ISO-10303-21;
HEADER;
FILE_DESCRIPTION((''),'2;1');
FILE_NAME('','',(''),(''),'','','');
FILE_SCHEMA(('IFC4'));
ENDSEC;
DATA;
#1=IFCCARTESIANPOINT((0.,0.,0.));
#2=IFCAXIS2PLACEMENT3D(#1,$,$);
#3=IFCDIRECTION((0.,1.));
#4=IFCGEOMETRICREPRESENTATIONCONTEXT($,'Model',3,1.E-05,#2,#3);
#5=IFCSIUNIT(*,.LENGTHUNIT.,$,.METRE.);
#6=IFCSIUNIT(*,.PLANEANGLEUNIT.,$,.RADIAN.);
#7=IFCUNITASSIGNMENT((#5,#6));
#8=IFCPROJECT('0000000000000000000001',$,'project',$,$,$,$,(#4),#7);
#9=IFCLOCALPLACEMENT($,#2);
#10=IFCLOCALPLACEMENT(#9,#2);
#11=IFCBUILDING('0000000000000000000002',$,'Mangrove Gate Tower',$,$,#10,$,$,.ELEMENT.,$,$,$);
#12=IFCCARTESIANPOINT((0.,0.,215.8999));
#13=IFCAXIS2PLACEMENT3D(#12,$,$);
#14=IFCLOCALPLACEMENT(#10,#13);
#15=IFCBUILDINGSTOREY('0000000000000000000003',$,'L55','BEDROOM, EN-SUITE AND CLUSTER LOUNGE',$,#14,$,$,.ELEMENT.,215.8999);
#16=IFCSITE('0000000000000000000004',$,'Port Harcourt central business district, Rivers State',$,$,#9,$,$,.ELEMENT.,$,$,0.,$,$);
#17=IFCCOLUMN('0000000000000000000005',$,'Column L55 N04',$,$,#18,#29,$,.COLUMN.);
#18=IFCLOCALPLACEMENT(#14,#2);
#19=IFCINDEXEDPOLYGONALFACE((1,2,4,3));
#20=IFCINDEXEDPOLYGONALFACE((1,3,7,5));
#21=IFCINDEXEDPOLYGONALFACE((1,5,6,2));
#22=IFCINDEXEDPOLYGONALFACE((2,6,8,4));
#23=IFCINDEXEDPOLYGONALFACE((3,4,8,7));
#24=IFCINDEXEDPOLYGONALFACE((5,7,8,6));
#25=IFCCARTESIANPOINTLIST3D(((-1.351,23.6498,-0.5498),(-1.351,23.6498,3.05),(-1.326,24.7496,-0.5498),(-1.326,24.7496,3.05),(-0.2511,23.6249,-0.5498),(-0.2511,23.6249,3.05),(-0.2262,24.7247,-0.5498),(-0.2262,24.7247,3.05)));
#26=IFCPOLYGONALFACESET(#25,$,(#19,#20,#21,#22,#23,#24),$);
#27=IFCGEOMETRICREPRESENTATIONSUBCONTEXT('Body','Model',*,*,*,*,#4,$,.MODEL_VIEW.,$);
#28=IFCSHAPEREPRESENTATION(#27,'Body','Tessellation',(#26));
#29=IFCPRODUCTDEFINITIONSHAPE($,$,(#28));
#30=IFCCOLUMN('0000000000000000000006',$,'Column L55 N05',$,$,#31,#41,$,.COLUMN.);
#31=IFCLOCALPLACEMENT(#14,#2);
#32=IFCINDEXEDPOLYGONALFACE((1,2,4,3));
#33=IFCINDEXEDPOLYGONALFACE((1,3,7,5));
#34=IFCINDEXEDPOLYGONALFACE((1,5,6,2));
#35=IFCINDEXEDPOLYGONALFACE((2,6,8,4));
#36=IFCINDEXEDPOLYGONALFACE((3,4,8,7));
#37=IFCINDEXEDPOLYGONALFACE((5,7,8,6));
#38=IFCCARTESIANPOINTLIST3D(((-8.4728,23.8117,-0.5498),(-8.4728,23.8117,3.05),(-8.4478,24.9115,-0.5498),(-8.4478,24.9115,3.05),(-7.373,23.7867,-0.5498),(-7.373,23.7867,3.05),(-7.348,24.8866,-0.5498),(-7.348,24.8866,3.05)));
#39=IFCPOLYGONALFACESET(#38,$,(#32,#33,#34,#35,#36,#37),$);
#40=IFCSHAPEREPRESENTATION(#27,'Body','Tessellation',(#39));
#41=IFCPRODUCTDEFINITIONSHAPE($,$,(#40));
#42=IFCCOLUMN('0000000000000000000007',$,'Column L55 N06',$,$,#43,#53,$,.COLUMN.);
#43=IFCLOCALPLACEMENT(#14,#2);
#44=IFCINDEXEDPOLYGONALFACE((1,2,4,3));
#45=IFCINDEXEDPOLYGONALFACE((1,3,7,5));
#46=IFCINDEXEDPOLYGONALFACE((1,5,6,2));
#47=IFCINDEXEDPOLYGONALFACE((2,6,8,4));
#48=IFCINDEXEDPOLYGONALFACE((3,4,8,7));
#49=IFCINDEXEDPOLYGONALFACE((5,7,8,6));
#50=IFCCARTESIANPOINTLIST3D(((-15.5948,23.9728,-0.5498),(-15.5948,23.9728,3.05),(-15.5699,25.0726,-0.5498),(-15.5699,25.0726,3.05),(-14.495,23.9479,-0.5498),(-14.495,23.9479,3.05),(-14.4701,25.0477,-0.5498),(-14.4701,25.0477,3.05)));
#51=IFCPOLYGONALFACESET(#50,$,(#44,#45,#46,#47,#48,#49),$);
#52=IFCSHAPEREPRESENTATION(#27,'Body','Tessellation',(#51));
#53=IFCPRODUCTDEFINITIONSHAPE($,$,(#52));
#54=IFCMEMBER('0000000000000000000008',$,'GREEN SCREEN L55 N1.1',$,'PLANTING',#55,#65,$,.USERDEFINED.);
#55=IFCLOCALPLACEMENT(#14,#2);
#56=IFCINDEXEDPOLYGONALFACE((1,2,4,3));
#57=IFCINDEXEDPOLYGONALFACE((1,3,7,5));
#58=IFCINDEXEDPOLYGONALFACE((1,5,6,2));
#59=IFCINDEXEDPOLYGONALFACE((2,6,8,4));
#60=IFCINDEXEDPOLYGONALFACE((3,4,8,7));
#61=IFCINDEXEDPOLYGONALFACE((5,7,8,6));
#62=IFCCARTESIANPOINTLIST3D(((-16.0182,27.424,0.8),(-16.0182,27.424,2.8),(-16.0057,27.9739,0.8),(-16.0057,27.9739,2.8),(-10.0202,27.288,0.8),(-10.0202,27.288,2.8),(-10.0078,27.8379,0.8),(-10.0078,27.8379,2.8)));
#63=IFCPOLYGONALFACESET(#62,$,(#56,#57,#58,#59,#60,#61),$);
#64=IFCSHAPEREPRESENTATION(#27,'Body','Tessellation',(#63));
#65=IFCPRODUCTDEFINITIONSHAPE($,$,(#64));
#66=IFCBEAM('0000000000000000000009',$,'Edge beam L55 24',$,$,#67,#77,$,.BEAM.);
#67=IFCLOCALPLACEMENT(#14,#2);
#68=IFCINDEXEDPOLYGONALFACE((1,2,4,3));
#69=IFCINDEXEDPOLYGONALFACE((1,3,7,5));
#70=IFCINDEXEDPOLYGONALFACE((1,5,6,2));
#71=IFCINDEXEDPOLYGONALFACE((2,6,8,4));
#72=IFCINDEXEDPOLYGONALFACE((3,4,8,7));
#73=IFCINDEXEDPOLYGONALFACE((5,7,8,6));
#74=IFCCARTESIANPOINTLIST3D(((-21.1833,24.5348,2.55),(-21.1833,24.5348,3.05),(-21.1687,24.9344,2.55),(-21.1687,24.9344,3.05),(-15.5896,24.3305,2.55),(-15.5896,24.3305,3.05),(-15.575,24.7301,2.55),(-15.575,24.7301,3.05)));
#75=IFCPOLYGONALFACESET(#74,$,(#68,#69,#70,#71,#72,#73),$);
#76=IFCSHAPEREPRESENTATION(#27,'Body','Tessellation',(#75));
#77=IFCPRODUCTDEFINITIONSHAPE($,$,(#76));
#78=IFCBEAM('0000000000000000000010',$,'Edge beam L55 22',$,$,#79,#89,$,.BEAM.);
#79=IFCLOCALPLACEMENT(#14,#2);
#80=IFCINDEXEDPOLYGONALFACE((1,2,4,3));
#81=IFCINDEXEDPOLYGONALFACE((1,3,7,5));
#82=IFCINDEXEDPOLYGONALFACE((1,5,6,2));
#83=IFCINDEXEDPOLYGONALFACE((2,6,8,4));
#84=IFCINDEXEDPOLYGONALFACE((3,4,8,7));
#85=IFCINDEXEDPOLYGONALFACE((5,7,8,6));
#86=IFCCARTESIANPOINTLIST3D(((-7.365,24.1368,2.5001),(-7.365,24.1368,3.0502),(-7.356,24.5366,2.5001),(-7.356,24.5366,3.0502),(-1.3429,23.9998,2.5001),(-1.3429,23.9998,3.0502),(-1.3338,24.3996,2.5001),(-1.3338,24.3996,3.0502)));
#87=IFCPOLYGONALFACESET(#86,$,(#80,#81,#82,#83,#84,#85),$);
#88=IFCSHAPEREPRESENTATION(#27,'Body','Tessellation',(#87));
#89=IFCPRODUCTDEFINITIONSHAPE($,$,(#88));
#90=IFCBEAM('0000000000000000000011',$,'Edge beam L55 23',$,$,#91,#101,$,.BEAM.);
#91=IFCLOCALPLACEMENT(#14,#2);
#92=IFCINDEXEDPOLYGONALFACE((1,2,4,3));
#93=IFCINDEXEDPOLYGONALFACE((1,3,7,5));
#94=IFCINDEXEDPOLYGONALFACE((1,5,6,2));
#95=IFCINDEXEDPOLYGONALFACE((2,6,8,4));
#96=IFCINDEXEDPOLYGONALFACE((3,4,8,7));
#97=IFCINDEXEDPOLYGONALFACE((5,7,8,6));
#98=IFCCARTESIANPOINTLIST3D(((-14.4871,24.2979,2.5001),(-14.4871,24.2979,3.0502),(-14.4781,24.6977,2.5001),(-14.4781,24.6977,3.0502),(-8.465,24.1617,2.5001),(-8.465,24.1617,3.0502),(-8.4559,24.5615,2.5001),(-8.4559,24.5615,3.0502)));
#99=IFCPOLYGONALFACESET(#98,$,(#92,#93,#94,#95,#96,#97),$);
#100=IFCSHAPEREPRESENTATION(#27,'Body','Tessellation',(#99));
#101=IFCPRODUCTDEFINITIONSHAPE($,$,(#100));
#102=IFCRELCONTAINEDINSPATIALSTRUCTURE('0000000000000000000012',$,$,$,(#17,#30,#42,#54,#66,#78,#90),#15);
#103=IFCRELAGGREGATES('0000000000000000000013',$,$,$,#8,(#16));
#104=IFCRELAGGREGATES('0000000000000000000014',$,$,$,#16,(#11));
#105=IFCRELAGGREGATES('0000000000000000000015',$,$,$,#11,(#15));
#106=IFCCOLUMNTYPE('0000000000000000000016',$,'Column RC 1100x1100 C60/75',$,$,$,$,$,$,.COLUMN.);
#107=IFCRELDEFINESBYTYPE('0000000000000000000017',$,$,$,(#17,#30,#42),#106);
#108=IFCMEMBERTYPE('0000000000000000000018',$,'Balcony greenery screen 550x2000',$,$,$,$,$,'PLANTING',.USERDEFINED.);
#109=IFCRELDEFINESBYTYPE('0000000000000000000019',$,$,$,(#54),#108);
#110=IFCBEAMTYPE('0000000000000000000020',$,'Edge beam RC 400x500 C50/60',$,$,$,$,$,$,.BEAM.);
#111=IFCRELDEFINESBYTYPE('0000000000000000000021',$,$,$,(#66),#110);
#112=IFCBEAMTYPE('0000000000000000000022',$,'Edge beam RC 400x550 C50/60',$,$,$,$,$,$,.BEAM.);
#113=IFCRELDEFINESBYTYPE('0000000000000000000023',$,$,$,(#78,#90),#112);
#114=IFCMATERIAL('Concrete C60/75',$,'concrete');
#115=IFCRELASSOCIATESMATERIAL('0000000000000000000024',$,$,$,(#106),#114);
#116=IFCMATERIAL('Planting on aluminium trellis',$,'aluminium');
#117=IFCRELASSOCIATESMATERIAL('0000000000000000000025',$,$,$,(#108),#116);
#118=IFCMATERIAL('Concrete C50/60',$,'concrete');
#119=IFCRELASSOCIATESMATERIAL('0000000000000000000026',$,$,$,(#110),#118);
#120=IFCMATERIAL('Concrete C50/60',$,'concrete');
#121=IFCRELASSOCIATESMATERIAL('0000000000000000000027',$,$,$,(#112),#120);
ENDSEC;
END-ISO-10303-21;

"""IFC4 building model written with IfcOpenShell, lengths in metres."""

from ifc_helpers import new_model, si_unit, direction, frame, origin, origin_2d, place, context, subcontext, project, spatial, rectangle, extrude, material, material_profile, profile_set, type_object, element, save


model = new_model("IFC4")

# Units and contexts
model_context = context("Model", 3, precision=1e-05, world=origin(), true_north=direction((0.0, 1.0)))
body_context = subcontext(model_context, "Body", "Model", "MODEL_VIEW")
ifc_project = project(units=[si_unit("LENGTHUNIT", "METRE"), si_unit("PLANEANGLEUNIT", "RADIAN")], contexts=[model_context])

# Site, building, storey
site_placement = place(None, origin())
site = spatial("IfcSite", under=ifc_project, at=site_placement, Name="Port Harcourt central business district, Rivers State", CompositionType="ELEMENT", RefElevation=0.0)
building_placement = place(site_placement, origin())
building = spatial("IfcBuilding", under=site, at=building_placement, Name="Mangrove Gate Tower", CompositionType="ELEMENT")
storey_placement = place(building_placement, frame((0.0, 0.0, 215.8999)))
storey = spatial("IfcBuildingStorey", under=building, at=storey_placement, Name="L55", Description="BEDROOM, EN-SUITE AND CLUSTER LOUNGE", CompositionType="ELEMENT", Elevation=215.8999)

# Columns
ifc_material_1 = material(Name="Concrete C60/75", Category="concrete")
ifc_material_profile_1 = material_profile(ifc_material_1, rectangle(XDim=1.1001, YDim=1.1001, at=origin_2d()))
ifc_profile_set_1 = profile_set([ifc_material_profile_1], Name="Concrete C60/75")
column_type = type_object("IfcColumnType", Name="Column RC 1100x1100 C60/75", PredefinedType="COLUMN", material=ifc_profile_set_1)
for number, where, z_axis, x_axis, name in (
    (1, (-0.7886, 24.1873, -0.5498), (0.0, 0.0, 1.0), (-0.999743, 0.02267, 0.0), "Column L55 N04"),
    (2, (-7.9104, 24.3491, -0.5498), (0.0, 0.0, 1.0), (-0.999743, 0.02267, 0.0), "Column L55 N05"),
    (3, (-15.0325, 24.5103, -0.5498), (0.0, 0.0, 1.0), (-0.999743, 0.02267, 0.0), "Column L55 N06"),
):
    element("IfcColumn", number, at=place(storey_placement, frame(where, z_axis=z_axis, x_axis=x_axis)), inside=storey, type_object=column_type, Name=name, PredefinedType="COLUMN", context=body_context, shape_type="SweptSolid", body=[
        extrude(rectangle(XDim=1.1001, YDim=1.1001, at=origin_2d()), origin(), (0.0, 0.0, 1.0), 3.5999),
    ])

# Member
ifc_material_2 = material(Name="Planting on aluminium trellis", Category="aluminium")
ifc_material_profile_2 = material_profile(ifc_material_2, rectangle(XDim=0.55, YDim=2.0, at=origin_2d()))
ifc_profile_set_2 = profile_set([ifc_material_profile_2], Name="Planting on aluminium trellis")
member_type = type_object("IfcMemberType", Name="Balcony greenery screen 550x2000", ElementType="PLANTING", PredefinedType="USERDEFINED", material=ifc_profile_set_2)
member_placement = place(storey_placement, frame((-16.012, 27.699, 1.8), z_axis=(0.999743, -0.022666, 0.0), x_axis=(0.022666, 0.999743, 0.0)))
element("IfcMember", 4, at=member_placement, inside=storey, type_object=member_type, Name="GREEN SCREEN L55 N1.1", ObjectType="PLANTING", PredefinedType="USERDEFINED", context=body_context, shape_type="SweptSolid", body=[
    extrude(rectangle(XDim=0.55, YDim=2.0, at=origin_2d()), origin(), (0.0, 0.0, 1.0), 5.9995),
])

# Beams
ifc_material_3 = material(Name="Concrete C50/60", Category="concrete")
ifc_material_profile_3 = material_profile(ifc_material_3, rectangle(XDim=0.3999, YDim=0.5, at=origin_2d()))
ifc_profile_set_3 = profile_set([ifc_material_profile_3], Name="Concrete C50/60")
beam_type_1 = type_object("IfcBeamType", Name="Edge beam RC 400x500 C50/60", PredefinedType="BEAM", material=ifc_profile_set_3)
beam_placement = place(storey_placement, frame((-15.5823, 24.5303, 2.8), z_axis=(-0.999333, 0.036507, 0.0), x_axis=(-0.036507, -0.999333, 0.0)))
element("IfcBeam", 5, at=beam_placement, inside=storey, type_object=beam_type_1, Name="Edge beam L55 24", PredefinedType="BEAM", context=body_context, shape_type="SweptSolid", body=[
    extrude(rectangle(XDim=0.3999, YDim=0.5, at=origin_2d()), origin(), (0.0, 0.0, 1.0), 5.5974),
])
ifc_material_4 = material(Name="Concrete C50/60", Category="concrete")
ifc_material_profile_4 = material_profile(ifc_material_4, rectangle(XDim=0.3999, YDim=0.55, at=origin_2d()))
ifc_profile_set_4 = profile_set([ifc_material_profile_4], Name="Concrete C50/60")
beam_type_2 = type_object("IfcBeamType", Name="Edge beam RC 400x550 C50/60", PredefinedType="BEAM", material=ifc_profile_set_4)
for number, where, z_axis, x_axis, name in (
    (6, (-1.3384, 24.1997, 2.7751), (-0.999741, 0.022737, 0.0), (-0.022737, -0.999741, 0.0), "Edge beam L55 22"),
    (7, (-8.4604, 24.3616, 2.7751), (-0.999744, 0.022616, 0.0), (-0.022616, -0.999744, 0.0), "Edge beam L55 23"),
):
    element("IfcBeam", number, at=place(storey_placement, frame(where, z_axis=z_axis, x_axis=x_axis)), inside=storey, type_object=beam_type_2, Name=name, PredefinedType="BEAM", context=body_context, shape_type="SweptSolid", body=[
        extrude(rectangle(XDim=0.3999, YDim=0.55, at=origin_2d()), origin(), (0.0, 0.0, 1.0), 6.0237),
    ])

save(model, "model.ifc")
